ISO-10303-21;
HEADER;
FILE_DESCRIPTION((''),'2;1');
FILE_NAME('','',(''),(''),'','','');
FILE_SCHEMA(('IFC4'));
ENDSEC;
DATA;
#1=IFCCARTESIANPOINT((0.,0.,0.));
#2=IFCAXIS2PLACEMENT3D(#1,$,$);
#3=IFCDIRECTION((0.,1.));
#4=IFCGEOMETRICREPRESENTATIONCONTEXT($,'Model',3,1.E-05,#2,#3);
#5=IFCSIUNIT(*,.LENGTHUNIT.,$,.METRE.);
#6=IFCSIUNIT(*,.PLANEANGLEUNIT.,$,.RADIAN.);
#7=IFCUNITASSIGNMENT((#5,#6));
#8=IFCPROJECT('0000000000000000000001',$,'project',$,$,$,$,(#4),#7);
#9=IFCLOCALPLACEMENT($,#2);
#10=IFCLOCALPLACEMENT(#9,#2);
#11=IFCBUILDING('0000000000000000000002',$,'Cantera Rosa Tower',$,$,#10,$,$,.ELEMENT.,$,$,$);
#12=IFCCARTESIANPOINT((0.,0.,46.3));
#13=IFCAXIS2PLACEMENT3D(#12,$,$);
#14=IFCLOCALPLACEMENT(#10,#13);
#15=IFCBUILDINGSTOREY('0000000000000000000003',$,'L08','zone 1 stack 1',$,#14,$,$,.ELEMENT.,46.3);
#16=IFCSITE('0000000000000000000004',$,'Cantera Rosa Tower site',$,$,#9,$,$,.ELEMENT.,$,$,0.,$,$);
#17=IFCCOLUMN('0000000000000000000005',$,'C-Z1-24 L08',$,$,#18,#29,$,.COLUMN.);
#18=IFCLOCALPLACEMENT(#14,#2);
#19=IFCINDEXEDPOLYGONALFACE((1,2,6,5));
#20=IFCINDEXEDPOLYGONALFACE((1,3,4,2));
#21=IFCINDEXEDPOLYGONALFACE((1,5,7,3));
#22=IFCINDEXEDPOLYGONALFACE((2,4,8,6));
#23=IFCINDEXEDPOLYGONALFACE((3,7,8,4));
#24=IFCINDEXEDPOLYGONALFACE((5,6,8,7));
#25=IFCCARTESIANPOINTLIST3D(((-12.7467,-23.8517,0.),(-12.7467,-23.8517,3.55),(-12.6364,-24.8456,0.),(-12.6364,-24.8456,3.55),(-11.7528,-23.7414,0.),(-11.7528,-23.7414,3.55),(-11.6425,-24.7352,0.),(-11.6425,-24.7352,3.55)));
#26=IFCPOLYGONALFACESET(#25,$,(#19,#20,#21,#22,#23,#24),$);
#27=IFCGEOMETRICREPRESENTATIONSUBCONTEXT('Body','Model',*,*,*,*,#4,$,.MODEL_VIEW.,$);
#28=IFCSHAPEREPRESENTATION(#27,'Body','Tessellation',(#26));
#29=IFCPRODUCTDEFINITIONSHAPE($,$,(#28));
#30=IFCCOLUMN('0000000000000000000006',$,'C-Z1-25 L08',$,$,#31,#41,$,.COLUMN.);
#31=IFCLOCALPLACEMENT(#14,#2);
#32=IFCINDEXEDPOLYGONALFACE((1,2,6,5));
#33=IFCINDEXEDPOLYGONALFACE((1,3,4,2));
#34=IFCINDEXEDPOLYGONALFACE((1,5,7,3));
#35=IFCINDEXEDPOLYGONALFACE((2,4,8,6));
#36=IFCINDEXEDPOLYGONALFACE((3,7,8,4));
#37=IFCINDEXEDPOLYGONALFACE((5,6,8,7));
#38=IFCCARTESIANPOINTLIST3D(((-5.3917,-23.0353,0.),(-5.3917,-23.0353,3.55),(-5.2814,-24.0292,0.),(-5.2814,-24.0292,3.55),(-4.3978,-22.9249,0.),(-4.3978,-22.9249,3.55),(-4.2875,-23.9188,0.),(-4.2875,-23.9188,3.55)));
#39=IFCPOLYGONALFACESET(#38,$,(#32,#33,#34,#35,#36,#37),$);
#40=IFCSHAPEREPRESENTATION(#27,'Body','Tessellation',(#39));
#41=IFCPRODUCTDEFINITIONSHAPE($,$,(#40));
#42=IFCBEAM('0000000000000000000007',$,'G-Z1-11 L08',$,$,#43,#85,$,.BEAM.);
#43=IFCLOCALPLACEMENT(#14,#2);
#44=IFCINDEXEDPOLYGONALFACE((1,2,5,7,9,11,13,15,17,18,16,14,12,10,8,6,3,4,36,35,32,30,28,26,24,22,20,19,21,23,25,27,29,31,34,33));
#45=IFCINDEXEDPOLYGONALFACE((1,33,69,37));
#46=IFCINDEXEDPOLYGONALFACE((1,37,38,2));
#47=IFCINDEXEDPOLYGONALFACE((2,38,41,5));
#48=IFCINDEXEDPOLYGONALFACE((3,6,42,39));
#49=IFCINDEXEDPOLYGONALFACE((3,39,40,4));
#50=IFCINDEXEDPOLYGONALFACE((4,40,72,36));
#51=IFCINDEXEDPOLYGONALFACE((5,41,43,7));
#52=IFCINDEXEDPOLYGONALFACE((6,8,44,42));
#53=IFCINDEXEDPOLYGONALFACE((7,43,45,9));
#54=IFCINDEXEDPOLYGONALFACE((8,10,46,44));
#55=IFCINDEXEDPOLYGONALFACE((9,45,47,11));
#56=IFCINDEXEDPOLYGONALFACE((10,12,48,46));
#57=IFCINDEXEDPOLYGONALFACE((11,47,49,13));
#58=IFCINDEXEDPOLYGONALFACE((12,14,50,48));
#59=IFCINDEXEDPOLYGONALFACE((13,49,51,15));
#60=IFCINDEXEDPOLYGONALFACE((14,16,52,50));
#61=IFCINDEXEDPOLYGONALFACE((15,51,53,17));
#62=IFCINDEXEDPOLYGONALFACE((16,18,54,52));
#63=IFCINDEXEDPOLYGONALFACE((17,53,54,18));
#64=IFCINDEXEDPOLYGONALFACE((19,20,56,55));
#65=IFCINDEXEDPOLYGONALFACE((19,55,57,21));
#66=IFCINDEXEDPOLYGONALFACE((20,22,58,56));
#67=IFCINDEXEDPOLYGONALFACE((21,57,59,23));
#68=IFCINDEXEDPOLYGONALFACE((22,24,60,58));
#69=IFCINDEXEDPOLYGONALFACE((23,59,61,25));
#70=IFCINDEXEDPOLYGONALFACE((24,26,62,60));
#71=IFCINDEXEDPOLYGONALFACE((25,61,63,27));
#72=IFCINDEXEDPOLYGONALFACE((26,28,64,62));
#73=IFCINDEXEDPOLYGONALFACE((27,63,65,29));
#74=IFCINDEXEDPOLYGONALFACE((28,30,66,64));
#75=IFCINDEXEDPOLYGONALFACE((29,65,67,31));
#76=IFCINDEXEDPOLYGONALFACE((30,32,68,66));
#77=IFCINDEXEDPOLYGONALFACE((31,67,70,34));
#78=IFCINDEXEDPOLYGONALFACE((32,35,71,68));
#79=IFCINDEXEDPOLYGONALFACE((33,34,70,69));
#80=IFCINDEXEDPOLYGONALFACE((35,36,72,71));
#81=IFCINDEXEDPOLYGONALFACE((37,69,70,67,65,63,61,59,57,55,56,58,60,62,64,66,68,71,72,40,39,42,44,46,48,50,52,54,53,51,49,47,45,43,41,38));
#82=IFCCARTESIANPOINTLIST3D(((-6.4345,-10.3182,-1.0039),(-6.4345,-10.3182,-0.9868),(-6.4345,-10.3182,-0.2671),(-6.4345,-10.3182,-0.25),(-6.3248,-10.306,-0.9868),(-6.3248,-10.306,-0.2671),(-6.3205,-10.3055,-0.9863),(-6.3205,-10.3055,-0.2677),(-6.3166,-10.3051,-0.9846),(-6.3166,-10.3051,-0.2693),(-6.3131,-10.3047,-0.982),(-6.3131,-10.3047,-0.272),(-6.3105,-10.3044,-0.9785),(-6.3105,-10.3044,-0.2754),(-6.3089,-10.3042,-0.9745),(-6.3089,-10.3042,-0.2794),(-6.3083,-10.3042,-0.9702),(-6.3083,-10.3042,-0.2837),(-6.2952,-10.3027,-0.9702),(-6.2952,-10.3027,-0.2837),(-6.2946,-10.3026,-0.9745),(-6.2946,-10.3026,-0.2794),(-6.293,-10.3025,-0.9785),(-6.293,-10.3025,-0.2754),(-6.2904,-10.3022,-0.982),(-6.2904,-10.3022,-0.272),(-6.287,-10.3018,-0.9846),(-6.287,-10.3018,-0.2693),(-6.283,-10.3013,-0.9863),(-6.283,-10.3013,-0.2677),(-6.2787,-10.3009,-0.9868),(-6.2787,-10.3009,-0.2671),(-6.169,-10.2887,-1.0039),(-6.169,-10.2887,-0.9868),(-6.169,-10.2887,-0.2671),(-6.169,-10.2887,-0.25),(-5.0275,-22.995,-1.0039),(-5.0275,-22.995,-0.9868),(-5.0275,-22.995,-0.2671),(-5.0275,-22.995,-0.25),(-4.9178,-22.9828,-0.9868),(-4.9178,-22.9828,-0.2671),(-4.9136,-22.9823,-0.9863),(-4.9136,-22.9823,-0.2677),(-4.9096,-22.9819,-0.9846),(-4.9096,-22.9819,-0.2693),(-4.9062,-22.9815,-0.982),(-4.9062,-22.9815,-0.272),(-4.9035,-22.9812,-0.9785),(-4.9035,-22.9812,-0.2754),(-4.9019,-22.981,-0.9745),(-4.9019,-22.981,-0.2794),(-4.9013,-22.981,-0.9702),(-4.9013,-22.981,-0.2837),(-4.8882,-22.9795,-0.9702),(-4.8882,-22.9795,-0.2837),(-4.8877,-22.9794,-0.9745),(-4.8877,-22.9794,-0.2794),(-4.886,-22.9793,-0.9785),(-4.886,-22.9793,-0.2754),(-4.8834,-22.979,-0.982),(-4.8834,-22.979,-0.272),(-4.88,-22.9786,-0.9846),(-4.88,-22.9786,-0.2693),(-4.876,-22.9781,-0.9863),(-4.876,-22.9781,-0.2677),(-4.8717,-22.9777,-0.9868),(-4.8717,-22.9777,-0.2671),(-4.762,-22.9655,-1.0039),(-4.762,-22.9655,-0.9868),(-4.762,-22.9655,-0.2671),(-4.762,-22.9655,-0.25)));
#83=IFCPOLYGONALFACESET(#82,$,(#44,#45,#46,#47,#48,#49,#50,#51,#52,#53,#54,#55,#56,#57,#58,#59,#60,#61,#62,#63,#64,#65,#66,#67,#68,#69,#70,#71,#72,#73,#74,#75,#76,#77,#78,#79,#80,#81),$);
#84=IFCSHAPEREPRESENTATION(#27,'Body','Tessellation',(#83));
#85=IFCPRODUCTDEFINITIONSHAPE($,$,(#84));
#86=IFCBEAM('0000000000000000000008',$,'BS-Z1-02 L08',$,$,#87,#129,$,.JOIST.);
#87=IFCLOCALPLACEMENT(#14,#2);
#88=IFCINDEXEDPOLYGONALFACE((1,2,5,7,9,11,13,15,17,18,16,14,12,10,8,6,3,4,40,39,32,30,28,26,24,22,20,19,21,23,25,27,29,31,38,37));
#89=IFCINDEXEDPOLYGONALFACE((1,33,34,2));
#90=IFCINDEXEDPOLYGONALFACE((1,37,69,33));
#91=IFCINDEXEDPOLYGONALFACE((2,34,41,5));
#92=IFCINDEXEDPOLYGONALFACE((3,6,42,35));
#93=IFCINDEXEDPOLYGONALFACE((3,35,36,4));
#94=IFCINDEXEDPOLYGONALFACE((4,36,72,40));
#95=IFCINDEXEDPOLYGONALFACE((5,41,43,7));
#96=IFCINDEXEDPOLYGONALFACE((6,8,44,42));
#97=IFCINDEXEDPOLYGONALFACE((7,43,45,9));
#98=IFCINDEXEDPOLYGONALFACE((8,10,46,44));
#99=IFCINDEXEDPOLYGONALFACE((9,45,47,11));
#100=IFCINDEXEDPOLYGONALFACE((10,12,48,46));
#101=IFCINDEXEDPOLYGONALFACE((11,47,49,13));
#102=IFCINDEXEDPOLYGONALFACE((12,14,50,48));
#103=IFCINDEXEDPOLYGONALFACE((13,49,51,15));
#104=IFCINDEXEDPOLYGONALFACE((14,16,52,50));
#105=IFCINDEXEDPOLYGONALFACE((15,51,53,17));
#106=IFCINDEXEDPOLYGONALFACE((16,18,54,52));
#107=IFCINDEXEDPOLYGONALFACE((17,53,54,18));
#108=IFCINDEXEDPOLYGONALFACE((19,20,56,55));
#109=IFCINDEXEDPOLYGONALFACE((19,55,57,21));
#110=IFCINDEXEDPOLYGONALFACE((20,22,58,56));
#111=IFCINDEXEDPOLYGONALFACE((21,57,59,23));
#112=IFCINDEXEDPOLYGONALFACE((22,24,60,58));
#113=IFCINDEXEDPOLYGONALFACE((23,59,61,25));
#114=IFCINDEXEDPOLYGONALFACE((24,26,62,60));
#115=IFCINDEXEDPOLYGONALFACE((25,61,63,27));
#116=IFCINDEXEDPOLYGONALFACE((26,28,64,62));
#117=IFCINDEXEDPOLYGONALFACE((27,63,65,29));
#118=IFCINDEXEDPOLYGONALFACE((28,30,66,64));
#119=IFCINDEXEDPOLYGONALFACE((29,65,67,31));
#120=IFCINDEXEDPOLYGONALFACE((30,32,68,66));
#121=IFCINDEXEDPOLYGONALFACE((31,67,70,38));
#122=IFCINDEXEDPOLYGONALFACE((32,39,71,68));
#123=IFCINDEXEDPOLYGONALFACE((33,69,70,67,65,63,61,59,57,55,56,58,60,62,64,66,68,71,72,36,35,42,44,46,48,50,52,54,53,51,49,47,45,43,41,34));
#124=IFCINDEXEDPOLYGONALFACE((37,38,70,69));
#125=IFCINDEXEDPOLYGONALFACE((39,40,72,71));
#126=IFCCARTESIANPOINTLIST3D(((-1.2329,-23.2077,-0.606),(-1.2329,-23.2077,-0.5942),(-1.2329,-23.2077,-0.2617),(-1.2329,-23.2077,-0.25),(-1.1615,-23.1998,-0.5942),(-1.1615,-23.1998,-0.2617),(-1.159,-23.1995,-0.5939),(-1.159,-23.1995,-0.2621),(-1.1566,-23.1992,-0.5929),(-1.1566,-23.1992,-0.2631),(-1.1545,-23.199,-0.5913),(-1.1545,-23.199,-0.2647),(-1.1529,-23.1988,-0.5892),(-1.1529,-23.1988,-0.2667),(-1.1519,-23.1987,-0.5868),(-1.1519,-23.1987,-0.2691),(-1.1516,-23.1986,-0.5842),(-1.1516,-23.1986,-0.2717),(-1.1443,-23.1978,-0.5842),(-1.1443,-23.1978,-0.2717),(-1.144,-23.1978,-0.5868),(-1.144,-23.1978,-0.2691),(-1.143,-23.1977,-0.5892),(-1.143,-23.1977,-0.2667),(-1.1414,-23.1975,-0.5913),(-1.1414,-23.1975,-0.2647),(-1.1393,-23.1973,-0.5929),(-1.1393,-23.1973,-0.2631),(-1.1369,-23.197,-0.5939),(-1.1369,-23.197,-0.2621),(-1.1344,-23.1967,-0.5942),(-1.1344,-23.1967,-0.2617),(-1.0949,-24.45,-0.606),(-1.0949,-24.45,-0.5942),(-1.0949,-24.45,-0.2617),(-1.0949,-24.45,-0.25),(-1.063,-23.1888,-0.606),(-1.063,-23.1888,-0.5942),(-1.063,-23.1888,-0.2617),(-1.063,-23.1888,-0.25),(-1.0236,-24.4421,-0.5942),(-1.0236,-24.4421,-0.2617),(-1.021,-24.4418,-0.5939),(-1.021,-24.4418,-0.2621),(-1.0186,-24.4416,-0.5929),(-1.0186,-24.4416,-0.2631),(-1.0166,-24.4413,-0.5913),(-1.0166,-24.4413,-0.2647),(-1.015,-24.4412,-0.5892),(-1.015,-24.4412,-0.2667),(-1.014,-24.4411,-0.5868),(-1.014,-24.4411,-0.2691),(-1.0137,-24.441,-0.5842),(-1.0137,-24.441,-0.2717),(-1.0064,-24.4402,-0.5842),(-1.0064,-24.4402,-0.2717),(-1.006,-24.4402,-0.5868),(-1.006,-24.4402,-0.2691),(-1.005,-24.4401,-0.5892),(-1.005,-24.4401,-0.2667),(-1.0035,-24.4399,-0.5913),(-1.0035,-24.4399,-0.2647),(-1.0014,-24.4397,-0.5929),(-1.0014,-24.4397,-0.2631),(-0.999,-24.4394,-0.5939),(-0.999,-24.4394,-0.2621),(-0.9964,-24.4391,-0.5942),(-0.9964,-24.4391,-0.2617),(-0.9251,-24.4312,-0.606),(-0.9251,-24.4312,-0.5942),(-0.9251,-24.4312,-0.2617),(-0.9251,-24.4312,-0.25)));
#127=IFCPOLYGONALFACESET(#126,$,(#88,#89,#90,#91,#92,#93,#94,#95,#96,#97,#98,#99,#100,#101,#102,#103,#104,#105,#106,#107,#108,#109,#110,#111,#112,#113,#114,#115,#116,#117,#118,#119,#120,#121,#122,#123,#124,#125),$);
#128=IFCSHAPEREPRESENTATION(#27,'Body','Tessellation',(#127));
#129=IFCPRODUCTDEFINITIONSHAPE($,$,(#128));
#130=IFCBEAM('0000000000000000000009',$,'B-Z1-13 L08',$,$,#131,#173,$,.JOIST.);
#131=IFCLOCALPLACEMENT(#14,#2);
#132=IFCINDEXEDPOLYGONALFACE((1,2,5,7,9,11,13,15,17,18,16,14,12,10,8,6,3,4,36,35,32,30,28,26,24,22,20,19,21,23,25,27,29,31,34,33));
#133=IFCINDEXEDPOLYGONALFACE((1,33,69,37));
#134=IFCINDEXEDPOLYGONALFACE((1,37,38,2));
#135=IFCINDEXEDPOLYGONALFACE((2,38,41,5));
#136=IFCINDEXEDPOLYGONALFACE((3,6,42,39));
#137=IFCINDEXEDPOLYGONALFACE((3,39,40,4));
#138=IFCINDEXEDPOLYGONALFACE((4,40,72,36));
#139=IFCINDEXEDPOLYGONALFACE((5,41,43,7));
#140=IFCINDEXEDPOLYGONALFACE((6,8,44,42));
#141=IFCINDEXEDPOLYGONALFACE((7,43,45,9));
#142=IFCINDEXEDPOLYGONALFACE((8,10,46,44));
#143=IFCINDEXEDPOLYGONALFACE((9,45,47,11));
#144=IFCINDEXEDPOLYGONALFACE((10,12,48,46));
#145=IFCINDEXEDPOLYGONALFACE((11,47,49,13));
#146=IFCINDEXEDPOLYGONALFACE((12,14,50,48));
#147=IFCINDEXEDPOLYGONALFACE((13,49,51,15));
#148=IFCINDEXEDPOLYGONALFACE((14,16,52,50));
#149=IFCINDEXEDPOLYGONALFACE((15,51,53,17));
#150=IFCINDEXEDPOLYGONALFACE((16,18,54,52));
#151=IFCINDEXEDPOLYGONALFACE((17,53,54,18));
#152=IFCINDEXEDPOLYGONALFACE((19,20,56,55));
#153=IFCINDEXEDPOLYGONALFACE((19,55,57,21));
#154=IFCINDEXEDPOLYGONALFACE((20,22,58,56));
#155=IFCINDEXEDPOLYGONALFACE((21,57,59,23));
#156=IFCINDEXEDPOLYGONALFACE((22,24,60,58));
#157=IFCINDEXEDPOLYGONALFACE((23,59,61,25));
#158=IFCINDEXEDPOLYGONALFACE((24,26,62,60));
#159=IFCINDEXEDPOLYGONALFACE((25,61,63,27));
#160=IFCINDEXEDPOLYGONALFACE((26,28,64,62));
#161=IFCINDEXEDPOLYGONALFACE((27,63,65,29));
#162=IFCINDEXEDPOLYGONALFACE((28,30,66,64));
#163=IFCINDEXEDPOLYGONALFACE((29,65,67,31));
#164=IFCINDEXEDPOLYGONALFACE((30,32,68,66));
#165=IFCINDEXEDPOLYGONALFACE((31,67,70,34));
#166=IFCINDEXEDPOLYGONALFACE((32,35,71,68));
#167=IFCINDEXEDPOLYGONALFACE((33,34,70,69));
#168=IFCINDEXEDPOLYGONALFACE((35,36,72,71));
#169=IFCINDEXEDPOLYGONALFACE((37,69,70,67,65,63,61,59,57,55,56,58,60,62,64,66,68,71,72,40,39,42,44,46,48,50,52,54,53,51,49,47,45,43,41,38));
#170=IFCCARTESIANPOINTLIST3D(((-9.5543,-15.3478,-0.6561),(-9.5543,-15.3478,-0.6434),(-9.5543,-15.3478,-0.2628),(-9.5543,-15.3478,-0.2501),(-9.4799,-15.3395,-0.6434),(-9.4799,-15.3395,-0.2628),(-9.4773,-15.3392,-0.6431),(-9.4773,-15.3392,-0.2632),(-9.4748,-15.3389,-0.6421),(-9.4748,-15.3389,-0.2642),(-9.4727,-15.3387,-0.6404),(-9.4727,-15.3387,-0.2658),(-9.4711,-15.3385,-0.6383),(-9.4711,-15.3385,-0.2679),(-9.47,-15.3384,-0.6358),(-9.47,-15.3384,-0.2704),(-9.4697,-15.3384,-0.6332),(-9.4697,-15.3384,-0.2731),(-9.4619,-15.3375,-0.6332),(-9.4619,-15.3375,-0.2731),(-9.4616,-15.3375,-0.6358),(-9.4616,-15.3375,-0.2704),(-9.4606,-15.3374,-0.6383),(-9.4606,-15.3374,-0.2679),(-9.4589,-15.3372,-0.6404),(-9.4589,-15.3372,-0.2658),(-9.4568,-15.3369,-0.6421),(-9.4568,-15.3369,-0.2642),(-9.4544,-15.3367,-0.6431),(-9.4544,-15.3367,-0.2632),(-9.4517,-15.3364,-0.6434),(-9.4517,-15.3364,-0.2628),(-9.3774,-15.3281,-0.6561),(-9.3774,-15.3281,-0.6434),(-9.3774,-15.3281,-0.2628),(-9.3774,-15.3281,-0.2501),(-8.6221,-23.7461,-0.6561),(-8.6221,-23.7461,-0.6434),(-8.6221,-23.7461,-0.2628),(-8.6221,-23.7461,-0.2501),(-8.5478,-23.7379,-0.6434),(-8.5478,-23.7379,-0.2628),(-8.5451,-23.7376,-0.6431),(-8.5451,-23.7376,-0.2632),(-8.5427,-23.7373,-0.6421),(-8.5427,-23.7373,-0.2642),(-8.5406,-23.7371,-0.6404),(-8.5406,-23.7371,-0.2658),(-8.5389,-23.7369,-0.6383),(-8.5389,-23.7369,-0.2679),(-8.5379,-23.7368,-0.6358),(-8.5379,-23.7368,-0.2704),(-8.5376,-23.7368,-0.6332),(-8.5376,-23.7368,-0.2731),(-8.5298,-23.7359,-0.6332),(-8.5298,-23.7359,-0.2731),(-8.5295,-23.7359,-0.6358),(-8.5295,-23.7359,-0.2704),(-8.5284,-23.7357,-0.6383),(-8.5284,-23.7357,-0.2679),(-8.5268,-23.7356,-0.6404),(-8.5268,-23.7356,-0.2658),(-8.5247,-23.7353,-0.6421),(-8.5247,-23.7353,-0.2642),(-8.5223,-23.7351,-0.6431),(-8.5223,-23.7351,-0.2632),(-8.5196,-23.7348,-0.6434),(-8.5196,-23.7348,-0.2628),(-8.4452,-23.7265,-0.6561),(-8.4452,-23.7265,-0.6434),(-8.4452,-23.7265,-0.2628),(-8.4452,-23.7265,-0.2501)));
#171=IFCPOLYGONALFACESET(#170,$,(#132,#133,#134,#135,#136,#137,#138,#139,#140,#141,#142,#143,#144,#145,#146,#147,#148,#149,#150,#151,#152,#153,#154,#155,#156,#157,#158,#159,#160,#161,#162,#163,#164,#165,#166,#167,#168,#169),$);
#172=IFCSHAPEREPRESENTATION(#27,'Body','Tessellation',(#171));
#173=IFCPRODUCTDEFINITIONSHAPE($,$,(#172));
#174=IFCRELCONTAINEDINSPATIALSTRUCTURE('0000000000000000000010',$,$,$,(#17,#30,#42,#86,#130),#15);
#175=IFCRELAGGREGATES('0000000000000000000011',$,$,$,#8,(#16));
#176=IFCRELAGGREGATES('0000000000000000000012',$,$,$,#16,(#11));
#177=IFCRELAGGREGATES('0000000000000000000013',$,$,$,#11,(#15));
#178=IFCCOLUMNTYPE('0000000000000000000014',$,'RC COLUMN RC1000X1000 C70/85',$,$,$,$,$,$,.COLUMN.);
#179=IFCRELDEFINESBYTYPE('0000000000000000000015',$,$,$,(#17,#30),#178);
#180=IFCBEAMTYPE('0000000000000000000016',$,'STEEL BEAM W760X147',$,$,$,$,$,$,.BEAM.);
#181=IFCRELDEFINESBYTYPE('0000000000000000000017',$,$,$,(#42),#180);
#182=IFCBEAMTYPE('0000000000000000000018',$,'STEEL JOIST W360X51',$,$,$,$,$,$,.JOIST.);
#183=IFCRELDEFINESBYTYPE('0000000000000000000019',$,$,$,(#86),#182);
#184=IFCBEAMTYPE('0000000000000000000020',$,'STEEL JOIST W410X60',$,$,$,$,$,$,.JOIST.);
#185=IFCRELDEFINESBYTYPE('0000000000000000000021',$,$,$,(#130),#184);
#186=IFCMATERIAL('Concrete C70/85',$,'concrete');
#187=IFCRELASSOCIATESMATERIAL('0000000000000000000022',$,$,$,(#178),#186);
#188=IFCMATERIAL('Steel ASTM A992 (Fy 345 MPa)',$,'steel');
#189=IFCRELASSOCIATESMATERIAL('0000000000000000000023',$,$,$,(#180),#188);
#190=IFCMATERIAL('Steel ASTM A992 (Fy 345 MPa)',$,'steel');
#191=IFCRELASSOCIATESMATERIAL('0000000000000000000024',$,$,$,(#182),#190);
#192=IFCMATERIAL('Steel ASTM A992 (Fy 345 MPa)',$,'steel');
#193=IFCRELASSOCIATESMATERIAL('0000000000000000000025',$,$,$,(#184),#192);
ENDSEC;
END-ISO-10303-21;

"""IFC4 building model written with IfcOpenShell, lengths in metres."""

from ifc_helpers import new_model, si_unit, direction, frame, origin, origin_2d, place, context, subcontext, project, spatial, rectangle, i_section, extrude, material, material_profile, profile_set, type_object, element, save


model = new_model("IFC4")

# Units and contexts
model_context = context("Model", 3, precision=1e-05, world=origin(), true_north=direction((0.0, 1.0)))
body_context = subcontext(model_context, "Body", "Model", "MODEL_VIEW")
ifc_project = project(units=[si_unit("LENGTHUNIT", "METRE"), si_unit("PLANEANGLEUNIT", "RADIAN")], contexts=[model_context])

# Site, building, storey
site_placement = place(None, origin())
site = spatial("IfcSite", under=ifc_project, at=site_placement, Name="Cantera Rosa Tower site", CompositionType="ELEMENT", RefElevation=0.0)
building_placement = place(site_placement, origin())
building = spatial("IfcBuilding", under=site, at=building_placement, Name="Cantera Rosa Tower", CompositionType="ELEMENT")
storey_placement = place(building_placement, frame((0.0, 0.0, 46.3)))
storey = spatial("IfcBuildingStorey", under=building, at=storey_placement, Name="L08", Description="zone 1 stack 1", CompositionType="ELEMENT", Elevation=46.3)

# Columns
ifc_material_1 = material(Name="Concrete C70/85", Category="concrete")
ifc_material_profile_1 = material_profile(ifc_material_1, rectangle(XDim=1.0, YDim=1.0, at=origin_2d()), Name="RC COLUMN RC1000X1000 C70/85")
ifc_profile_set_1 = profile_set([ifc_material_profile_1], Name="Concrete C70/85")
column_type = type_object("IfcColumnType", Name="RC COLUMN RC1000X1000 C70/85", PredefinedType="COLUMN", material=ifc_profile_set_1)
for number, where, z_axis, x_axis, name in (
    (1, (-12.1946, -24.2935, 0.0), (0.0, 0.0, 1.0), (0.993897, 0.110313, 0.0), "C-Z1-24 L08"),
    (2, (-4.8396, -23.4771, 0.0), (0.0, 0.0, 1.0), (0.993897, 0.110313, 0.0), "C-Z1-25 L08"),
):
    element("IfcColumn", number, at=place(storey_placement, frame(where, z_axis=z_axis, x_axis=x_axis)), inside=storey, type_object=column_type, Name=name, PredefinedType="COLUMN", context=body_context, shape_type="SweptSolid", body=[
        extrude(rectangle(XDim=1.0, YDim=1.0, at=origin_2d()), origin(), (0.0, 0.0, 1.0), 3.55),
    ])

# Beams
ifc_material_2 = material(Name="Steel ASTM A992 (Fy 345 MPa)", Category="steel")
ifc_material_profile_2 = material_profile(ifc_material_2, i_section(OverallWidth=0.2671, OverallDepth=0.7539, WebThickness=0.0132, FlangeThickness=0.0171, FilletRadius=0.0166, at=origin_2d()), Name="W760X147")
ifc_profile_set_2 = profile_set([ifc_material_profile_2], Name="Steel ASTM A992 (Fy 345 MPa)")
beam_type_1 = type_object("IfcBeamType", Name="STEEL BEAM W760X147", PredefinedType="BEAM", material=ifc_profile_set_2)
beam_1_placement = place(storey_placement, frame((-4.8948, -22.9802, -0.627), z_axis=(-0.110312, 0.993897, 0.0), x_axis=(-0.993897, -0.110312, 0.0)))
element("IfcBeam", 3, at=beam_1_placement, inside=storey, type_object=beam_type_1, Name="G-Z1-11 L08", PredefinedType="BEAM", context=body_context, shape_type="SweptSolid", body=[
    extrude(i_section(OverallWidth=0.2671, OverallDepth=0.7539, WebThickness=0.0132, FlangeThickness=0.0171, FilletRadius=0.0166, at=origin_2d()), origin(), (0.0, 0.0, 1.0), 12.7546),
])
ifc_material_3 = material(Name="Steel ASTM A992 (Fy 345 MPa)", Category="steel")
ifc_material_profile_3 = material_profile(ifc_material_3, i_section(OverallWidth=0.1709, OverallDepth=0.356, WebThickness=0.0073, FlangeThickness=0.0117, FilletRadius=0.01, at=origin_2d()), Name="W360X51")
ifc_profile_set_3 = profile_set([ifc_material_profile_3], Name="Steel ASTM A992 (Fy 345 MPa)")
beam_type_2 = type_object("IfcBeamType", Name="STEEL JOIST W360X51", PredefinedType="JOIST", material=ifc_profile_set_3)
beam_2_placement = place(storey_placement, frame((-1.1479, -23.1982, -0.428), z_axis=(0.110346, -0.993893, 0.0), x_axis=(0.993893, 0.110346, 0.0)))
element("IfcBeam", 4, at=beam_2_placement, inside=storey, type_object=beam_type_2, Name="BS-Z1-02 L08", PredefinedType="JOIST", context=body_context, shape_type="SweptSolid", body=[
    extrude(i_section(OverallWidth=0.1709, OverallDepth=0.356, WebThickness=0.0073, FlangeThickness=0.0117, FilletRadius=0.01, at=origin_2d()), origin(), (0.0, 0.0, 1.0), 1.25),
])
ifc_material_4 = material(Name="Steel ASTM A992 (Fy 345 MPa)", Category="steel")
ifc_material_profile_4 = material_profile(ifc_material_4, i_section(OverallWidth=0.178, OverallDepth=0.406, WebThickness=0.0078, FlangeThickness=0.0127, FilletRadius=0.0103, at=origin_2d()), Name="W410X60")
ifc_profile_set_4 = profile_set([ifc_material_profile_4], Name="Steel ASTM A992 (Fy 345 MPa)")
beam_type_3 = type_object("IfcBeamType", Name="STEEL JOIST W410X60", PredefinedType="JOIST", material=ifc_profile_set_4)
for number, where, z_axis, x_axis, name in (
    (5, (-8.5337, -23.7363, -0.4531), (-0.110311, 0.993897, 0.0), (-0.993897, -0.110311, 0.0), "B-Z1-13 L08"),
):
    element("IfcBeam", number, at=place(storey_placement, frame(where, z_axis=z_axis, x_axis=x_axis)), inside=storey, type_object=beam_type_3, Name=name, PredefinedType="JOIST", context=body_context, shape_type="SweptSolid", body=[
        extrude(i_section(OverallWidth=0.178, OverallDepth=0.406, WebThickness=0.0078, FlangeThickness=0.0127, FilletRadius=0.0103, at=origin_2d()), origin(), (0.0, 0.0, 1.0), 8.45),
    ])

save(model, "model.ifc")
